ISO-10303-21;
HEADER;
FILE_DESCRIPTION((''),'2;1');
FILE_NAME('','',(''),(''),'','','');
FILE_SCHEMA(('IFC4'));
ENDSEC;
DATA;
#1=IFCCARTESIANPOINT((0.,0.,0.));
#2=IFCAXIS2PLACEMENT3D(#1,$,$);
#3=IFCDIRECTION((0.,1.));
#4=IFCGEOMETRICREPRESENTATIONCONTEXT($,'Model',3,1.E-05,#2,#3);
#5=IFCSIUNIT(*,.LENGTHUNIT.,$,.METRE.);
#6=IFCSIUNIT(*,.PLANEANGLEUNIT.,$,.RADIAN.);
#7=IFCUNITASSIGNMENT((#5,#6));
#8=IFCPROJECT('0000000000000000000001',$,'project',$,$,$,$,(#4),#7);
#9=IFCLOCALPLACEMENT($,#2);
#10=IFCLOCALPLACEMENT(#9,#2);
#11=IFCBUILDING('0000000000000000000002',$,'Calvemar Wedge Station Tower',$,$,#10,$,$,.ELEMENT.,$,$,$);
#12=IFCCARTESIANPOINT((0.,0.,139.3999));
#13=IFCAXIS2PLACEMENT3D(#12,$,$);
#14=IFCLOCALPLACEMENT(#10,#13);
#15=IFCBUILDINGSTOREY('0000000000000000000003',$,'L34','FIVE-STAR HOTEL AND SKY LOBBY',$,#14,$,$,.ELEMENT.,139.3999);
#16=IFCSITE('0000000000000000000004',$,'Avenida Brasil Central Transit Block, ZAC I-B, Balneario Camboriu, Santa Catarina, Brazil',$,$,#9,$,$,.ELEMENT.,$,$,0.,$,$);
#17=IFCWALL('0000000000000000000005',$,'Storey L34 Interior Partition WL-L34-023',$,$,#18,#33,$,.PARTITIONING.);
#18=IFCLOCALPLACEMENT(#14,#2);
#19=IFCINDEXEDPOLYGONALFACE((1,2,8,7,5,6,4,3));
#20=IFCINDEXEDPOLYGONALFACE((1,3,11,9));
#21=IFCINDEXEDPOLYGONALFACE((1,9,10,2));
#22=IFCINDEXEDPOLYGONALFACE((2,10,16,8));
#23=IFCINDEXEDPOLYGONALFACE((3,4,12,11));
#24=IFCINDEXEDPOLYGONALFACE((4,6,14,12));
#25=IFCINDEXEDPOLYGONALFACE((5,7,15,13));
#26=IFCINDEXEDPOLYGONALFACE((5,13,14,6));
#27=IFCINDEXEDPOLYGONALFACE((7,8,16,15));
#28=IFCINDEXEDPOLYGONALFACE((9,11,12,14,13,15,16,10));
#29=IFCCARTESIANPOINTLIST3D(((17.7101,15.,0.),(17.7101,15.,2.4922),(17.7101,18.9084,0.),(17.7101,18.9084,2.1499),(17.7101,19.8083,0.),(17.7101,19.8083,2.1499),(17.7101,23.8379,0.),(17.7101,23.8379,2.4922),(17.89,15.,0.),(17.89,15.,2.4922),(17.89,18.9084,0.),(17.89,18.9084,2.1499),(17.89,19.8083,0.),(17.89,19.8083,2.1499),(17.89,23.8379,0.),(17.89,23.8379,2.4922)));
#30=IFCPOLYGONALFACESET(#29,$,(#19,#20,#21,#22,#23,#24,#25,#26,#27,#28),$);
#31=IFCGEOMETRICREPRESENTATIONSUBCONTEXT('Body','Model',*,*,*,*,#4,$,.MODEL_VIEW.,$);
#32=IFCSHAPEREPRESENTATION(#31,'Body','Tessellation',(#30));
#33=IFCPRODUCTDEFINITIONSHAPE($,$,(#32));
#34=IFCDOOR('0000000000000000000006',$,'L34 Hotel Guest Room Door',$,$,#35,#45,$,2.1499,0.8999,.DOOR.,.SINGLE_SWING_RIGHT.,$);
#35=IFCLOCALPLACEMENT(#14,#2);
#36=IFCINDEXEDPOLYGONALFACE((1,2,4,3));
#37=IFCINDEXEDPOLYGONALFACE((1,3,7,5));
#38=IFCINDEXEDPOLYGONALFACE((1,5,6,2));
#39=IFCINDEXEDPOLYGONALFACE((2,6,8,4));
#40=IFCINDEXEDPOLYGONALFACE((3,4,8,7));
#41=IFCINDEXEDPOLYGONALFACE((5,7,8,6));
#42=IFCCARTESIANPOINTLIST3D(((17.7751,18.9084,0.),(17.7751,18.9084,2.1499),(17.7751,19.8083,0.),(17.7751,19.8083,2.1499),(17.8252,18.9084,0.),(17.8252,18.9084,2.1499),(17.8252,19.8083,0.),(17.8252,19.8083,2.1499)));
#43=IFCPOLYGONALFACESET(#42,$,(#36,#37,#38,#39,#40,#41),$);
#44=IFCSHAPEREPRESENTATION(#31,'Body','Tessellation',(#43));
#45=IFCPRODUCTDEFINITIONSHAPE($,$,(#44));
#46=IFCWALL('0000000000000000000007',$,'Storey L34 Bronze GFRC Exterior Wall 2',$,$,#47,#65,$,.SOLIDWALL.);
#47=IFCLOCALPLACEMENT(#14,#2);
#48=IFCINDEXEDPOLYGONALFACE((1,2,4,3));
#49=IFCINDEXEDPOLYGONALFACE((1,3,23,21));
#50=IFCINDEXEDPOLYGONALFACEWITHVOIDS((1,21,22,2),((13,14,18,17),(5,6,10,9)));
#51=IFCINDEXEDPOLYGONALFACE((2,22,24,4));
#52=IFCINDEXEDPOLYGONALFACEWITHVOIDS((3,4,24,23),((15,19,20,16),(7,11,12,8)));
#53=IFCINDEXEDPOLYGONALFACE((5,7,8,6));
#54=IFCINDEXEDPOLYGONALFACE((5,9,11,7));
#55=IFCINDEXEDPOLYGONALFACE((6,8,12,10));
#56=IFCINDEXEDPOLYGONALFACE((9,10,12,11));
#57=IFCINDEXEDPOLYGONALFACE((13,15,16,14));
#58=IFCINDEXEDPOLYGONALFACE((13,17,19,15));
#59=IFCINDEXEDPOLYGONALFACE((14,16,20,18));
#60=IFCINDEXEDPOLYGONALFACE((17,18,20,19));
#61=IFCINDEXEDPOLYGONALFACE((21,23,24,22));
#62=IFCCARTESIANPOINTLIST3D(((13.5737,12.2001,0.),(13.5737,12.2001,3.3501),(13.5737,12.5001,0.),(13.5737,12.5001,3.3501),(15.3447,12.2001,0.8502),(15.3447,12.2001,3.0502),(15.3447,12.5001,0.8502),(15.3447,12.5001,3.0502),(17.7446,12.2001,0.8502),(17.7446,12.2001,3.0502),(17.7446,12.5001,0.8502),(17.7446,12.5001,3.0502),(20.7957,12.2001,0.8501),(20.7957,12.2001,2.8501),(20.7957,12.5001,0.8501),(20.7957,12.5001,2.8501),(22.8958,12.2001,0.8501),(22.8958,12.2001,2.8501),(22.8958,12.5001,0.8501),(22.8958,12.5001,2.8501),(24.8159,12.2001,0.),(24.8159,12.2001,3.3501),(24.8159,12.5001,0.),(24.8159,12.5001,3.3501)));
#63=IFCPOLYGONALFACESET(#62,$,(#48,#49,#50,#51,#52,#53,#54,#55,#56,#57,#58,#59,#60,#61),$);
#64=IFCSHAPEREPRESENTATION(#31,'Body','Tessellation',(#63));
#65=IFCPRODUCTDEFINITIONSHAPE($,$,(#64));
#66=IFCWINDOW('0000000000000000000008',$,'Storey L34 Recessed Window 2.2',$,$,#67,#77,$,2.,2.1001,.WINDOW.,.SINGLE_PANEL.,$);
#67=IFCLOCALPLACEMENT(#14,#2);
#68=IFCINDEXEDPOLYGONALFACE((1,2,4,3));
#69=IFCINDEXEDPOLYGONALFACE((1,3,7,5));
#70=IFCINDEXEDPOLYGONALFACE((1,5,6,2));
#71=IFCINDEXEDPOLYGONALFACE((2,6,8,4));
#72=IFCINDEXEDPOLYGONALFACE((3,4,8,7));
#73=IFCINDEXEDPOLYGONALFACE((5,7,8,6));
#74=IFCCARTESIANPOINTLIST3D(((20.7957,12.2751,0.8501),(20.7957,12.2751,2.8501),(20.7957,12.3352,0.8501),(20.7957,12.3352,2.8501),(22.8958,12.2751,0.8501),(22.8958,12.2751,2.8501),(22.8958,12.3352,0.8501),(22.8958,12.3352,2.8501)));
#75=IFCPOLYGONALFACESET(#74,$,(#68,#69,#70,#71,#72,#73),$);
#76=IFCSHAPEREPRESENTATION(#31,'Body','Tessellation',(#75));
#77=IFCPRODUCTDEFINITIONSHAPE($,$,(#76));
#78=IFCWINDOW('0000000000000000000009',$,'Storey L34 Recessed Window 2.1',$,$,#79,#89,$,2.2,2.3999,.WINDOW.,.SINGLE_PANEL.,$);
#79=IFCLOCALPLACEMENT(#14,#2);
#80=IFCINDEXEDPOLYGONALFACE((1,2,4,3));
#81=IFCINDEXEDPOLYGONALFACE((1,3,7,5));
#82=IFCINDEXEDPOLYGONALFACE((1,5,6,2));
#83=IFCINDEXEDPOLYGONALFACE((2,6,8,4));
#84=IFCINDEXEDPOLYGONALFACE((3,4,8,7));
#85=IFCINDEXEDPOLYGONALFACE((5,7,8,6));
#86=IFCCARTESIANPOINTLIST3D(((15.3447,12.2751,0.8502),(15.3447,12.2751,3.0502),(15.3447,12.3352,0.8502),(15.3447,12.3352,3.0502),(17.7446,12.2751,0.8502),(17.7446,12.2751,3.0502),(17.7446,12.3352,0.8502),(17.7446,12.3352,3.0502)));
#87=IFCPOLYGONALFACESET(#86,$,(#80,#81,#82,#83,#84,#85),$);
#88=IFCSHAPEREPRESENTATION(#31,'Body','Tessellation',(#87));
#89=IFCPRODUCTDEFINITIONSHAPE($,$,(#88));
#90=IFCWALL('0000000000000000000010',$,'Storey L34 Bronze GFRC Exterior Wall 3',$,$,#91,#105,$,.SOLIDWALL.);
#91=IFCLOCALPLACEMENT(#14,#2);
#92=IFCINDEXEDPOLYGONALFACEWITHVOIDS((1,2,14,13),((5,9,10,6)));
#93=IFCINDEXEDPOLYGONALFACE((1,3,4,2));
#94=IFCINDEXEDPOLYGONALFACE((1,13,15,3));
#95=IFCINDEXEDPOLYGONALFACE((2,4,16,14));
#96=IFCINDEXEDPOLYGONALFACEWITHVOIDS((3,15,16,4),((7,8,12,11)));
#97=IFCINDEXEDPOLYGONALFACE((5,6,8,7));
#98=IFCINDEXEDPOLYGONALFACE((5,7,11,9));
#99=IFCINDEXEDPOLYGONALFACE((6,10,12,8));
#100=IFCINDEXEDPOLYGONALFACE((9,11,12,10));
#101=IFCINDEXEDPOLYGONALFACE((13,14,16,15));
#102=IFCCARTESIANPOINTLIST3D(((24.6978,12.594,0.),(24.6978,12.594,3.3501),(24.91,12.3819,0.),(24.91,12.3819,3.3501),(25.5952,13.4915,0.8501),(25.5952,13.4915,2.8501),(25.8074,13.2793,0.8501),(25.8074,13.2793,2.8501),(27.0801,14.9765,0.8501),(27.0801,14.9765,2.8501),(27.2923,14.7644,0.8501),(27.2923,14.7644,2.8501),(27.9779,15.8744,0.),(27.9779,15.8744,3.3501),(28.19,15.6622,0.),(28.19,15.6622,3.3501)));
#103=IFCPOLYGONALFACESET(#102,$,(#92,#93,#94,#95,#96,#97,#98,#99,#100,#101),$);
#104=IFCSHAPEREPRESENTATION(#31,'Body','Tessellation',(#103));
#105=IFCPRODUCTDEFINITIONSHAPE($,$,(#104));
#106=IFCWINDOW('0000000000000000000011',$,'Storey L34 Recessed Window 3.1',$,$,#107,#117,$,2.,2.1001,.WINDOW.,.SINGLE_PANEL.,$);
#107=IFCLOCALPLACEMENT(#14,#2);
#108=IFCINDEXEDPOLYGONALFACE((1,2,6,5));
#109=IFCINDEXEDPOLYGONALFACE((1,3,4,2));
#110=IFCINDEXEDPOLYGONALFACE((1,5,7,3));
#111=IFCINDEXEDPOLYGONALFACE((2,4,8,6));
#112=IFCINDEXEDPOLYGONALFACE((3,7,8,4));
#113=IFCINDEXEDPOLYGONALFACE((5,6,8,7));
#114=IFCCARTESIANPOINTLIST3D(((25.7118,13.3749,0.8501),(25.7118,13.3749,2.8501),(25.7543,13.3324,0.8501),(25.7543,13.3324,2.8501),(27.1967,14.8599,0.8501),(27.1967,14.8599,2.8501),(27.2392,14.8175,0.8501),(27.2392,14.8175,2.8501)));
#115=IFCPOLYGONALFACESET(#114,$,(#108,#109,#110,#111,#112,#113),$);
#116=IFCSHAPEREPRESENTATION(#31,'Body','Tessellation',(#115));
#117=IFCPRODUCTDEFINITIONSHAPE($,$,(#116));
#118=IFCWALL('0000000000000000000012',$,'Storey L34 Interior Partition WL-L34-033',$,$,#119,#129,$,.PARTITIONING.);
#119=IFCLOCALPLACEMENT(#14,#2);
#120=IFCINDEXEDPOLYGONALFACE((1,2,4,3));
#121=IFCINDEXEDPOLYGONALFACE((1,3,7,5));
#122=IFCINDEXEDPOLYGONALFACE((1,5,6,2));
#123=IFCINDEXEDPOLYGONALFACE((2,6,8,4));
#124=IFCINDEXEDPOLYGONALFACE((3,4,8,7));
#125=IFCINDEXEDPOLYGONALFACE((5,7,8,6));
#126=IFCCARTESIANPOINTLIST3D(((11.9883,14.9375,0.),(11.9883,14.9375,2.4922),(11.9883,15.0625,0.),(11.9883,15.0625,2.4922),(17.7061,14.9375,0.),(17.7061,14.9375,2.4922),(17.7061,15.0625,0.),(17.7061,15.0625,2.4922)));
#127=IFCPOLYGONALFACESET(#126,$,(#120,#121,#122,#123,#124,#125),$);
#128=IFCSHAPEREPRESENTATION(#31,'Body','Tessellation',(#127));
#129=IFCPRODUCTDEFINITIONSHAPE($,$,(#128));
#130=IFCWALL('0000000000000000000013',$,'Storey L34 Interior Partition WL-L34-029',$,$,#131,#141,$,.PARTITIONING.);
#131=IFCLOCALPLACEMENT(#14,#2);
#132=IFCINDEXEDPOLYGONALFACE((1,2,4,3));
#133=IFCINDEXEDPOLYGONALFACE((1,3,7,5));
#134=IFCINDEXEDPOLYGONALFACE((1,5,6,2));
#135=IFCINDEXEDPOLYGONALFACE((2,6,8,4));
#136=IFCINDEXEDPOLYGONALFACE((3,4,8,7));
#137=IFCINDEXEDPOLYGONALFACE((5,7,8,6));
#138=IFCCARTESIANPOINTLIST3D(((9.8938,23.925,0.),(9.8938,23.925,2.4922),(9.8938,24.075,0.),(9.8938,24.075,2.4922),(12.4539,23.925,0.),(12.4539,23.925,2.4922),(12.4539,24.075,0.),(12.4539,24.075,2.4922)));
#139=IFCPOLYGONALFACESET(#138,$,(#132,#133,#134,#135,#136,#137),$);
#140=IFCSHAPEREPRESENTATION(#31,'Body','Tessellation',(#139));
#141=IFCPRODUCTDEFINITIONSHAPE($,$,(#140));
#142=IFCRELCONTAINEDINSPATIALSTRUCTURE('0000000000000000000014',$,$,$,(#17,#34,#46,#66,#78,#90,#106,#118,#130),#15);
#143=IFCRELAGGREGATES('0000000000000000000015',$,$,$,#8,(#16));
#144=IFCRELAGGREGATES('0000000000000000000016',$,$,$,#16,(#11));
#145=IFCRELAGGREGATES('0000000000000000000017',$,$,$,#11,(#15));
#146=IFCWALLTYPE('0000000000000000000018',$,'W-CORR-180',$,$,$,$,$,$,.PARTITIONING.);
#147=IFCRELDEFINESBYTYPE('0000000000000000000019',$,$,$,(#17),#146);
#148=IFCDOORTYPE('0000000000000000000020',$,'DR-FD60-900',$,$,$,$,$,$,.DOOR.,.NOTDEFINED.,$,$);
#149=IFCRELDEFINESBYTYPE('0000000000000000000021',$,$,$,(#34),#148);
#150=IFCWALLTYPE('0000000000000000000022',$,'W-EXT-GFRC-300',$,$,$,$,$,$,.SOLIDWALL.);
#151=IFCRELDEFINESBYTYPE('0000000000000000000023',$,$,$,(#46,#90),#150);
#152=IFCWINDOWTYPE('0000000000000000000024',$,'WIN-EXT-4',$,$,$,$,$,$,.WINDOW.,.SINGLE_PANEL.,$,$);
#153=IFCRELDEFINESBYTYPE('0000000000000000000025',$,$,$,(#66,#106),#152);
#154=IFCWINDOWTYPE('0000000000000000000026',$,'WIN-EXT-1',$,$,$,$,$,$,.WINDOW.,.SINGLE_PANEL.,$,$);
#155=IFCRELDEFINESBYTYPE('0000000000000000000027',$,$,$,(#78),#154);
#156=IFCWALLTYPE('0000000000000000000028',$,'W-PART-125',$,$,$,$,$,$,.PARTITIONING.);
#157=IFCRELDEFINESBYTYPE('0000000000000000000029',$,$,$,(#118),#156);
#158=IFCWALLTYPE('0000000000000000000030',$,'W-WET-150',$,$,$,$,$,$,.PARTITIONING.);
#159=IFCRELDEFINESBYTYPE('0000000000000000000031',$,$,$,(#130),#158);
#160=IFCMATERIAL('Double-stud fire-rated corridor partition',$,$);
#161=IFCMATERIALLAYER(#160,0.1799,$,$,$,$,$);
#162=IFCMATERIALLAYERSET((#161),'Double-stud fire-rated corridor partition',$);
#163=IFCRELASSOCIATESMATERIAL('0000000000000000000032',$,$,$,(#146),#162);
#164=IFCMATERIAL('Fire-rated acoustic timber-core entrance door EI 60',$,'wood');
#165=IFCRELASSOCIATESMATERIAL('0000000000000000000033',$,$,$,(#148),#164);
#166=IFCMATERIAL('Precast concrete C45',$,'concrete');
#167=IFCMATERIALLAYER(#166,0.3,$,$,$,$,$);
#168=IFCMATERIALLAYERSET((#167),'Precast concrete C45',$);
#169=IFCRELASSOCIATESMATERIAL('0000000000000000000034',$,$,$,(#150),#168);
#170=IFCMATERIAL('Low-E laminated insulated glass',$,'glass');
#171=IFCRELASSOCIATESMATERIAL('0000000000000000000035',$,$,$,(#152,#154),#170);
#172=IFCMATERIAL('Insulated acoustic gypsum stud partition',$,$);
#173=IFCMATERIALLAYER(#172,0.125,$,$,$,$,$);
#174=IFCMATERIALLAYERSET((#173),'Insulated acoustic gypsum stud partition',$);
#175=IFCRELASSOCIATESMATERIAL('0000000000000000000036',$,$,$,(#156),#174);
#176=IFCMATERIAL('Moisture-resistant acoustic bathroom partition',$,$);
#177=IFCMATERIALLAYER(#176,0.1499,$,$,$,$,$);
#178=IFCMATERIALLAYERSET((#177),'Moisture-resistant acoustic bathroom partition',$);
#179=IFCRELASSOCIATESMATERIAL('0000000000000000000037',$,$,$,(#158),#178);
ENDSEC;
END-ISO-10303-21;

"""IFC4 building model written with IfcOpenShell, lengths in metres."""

from ifc_helpers import new_model, si_unit, direction, frame, frame_2d, origin, place, context, subcontext, project, spatial, rectangle, extrude, source, transform, mapped, material, layer, layer_set, type_object, element, fill, save


model = new_model("IFC4")

# Units and contexts
model_context = context("Model", 3, precision=1e-05, world=origin(), true_north=direction((0.0, 1.0)))
body_context = subcontext(model_context, "Body", "Model", "MODEL_VIEW")
ifc_project = project(units=[si_unit("LENGTHUNIT", "METRE"), si_unit("PLANEANGLEUNIT", "RADIAN")], contexts=[model_context])

# Site, building, storey
site_placement = place(None, origin())
site = spatial("IfcSite", under=ifc_project, at=site_placement, Name="Avenida Brasil Central Transit Block, ZAC I-B, Balneario Camboriu, Santa Catarina, Brazil", CompositionType="ELEMENT", RefElevation=0.0)
building_placement = place(site_placement, origin())
building = spatial("IfcBuilding", under=site, at=building_placement, Name="Calvemar Wedge Station Tower", CompositionType="ELEMENT")
storey_placement = place(building_placement, frame((0.0, 0.0, 139.3999)))
storey = spatial("IfcBuildingStorey", under=building, at=storey_placement, Name="L34", Description="FIVE-STAR HOTEL AND SKY LOBBY", CompositionType="ELEMENT", Elevation=139.3999)

# Wall, opening, door
ifc_material_1 = material(Name="Double-stud fire-rated corridor partition")
ifc_layer_1 = layer(ifc_material_1, 0.1799)
ifc_layer_set_1 = layer_set([ifc_layer_1], Name="Double-stud fire-rated corridor partition")
wall_type_1 = type_object("IfcWallType", Name="W-CORR-180", PredefinedType="PARTITIONING", material=ifc_layer_set_1)
shared_shape_1 = source(origin(), body_context, "Body", "SweptSolid", [
    extrude(rectangle(XDim=0.8999, YDim=2.1499, at=frame_2d((0.45, 1.075))), frame((0.0, 0.1001, 0.0), z_axis=(0.0, -1.0, 0.0), x_axis=(1.0, 0.0, 0.0)), (0.0, 0.0, 1.0), 0.2),
])
ifc_material_2 = material(Name="Fire-rated acoustic timber-core entrance door EI 60", Category="wood")
door_type_1 = type_object("IfcDoorType", Name="DR-FD60-900", OperationType="NOTDEFINED", PredefinedType="DOOR", material=ifc_material_2)
shared_shape_2 = source(origin(), body_context, "Body", "SweptSolid", [
    extrude(rectangle(XDim=0.8999, YDim=2.1499, at=frame_2d((0.45, 1.075))), frame((0.0, 0.0249, 0.0), z_axis=(0.0, -1.0, 0.0), x_axis=(1.0, 0.0, 0.0)), (0.0, 0.0, 1.0), 0.05),
])
wall_1_placement = place(storey_placement, frame((17.8, 15.0, 0.0), z_axis=(0.0, 0.0, 1.0), x_axis=(0.0, 1.0, 0.0)))
wall_1 = element("IfcWall", 1, at=wall_1_placement, inside=storey, type_object=wall_type_1, Name="Storey L34 Interior Partition WL-L34-023", PredefinedType="PARTITIONING", context=body_context, shape_type="SweptSolid", body=[
    extrude(rectangle(XDim=8.8379, YDim=0.1799, at=frame_2d((4.4189, 0.0))), origin(), (0.0, 0.0, 1.0), 2.4922),
])
opening_1_placement = place(wall_1_placement, frame((3.9084, 0.0, 0.0)))
opening_1 = element("IfcOpeningElement", 2, at=opening_1_placement, cuts=wall_1, PredefinedType="OPENING", context=body_context, shape_type="MappedRepresentation", body=[
    mapped(shared_shape_1, transform((0.0, 0.0, 0.0), scale=1.0)),
])
door_1_placement = place(opening_1_placement, origin())
door_1 = element("IfcDoor", 3, at=door_1_placement, inside=storey, type_object=door_type_1, Name="L34 Hotel Guest Room Door", OperationType="SINGLE_SWING_RIGHT", OverallHeight=2.1499, OverallWidth=0.8999, PredefinedType="DOOR", context=body_context, shape_type="MappedRepresentation", body=[
    mapped(shared_shape_2, transform((0.0, 0.0, 0.0), scale=1.0)),
])
fill(opening_1, door_1)

# Wall, openings, windows
ifc_material_3 = material(Name="Precast concrete C45", Category="concrete")
ifc_layer_2 = layer(ifc_material_3, 0.3)
ifc_layer_set_2 = layer_set([ifc_layer_2], Name="Precast concrete C45")
wall_type_2 = type_object("IfcWallType", Name="W-EXT-GFRC-300", PredefinedType="SOLIDWALL", material=ifc_layer_set_2)
wall_2_placement = place(storey_placement, frame((13.5737, 12.3501, 0.0), z_axis=(0.0, 0.0, 1.0), x_axis=(1.0, 0.0, 0.0)))
wall_2 = element("IfcWall", 4, at=wall_2_placement, inside=storey, type_object=wall_type_2, Name="Storey L34 Bronze GFRC Exterior Wall 2", PredefinedType="SOLIDWALL", context=body_context, shape_type="SweptSolid", body=[
    extrude(rectangle(XDim=11.2422, YDim=0.3, at=frame_2d((5.6211, 0.0))), origin(), (0.0, 0.0, 1.0), 3.3501),
])
shared_shape_3 = source(origin(), body_context, "Body", "SweptSolid", [
    extrude(rectangle(XDim=2.3999, YDim=2.2, at=frame_2d((1.2, 1.1001))), frame((0.0, 0.1602, 0.0), z_axis=(0.0, -1.0, 0.0), x_axis=(1.0, 0.0, 0.0)), (0.0, 0.0, 1.0), 0.3201),
])
opening_2_placement = place(wall_2_placement, frame((1.771, 0.0, 0.8501)))
opening_2 = element("IfcOpeningElement", 5, at=opening_2_placement, cuts=wall_2, PredefinedType="OPENING", context=body_context, shape_type="MappedRepresentation", body=[
    mapped(shared_shape_3, transform((0.0, 0.0, 0.0), scale=1.0)),
])
shared_shape_4 = source(origin(), body_context, "Body", "SweptSolid", [
    extrude(rectangle(XDim=2.1001, YDim=2.0, at=frame_2d((1.05, 1.0))), frame((0.0, 0.1602, 0.0), z_axis=(0.0, -1.0, 0.0), x_axis=(1.0, 0.0, 0.0)), (0.0, 0.0, 1.0), 0.3201),
])
opening_3_placement = place(wall_2_placement, frame((7.2219, 0.0, 0.8501)))
opening_3 = element("IfcOpeningElement", 6, at=opening_3_placement, cuts=wall_2, PredefinedType="OPENING", context=body_context, shape_type="MappedRepresentation", body=[
    mapped(shared_shape_4, transform((0.0, 0.0, 0.0), scale=1.0)),
])
ifc_material_4 = material(Name="Low-E laminated insulated glass", Category="glass")
window_type_1 = type_object("IfcWindowType", Name="WIN-EXT-4", PartitioningType="SINGLE_PANEL", PredefinedType="WINDOW", material=ifc_material_4)
shared_shape_5 = source(origin(), body_context, "Body", "SweptSolid", [
    extrude(rectangle(XDim=2.1001, YDim=2.0, at=frame_2d((1.05, 1.0))), frame((0.0, -0.0149, 0.0), z_axis=(0.0, -1.0, 0.0), x_axis=(1.0, 0.0, 0.0)), (0.0, 0.0, 1.0), 0.0601),
])
window_1_placement = place(opening_3_placement, origin())
window_1 = element("IfcWindow", 7, at=window_1_placement, inside=storey, type_object=window_type_1, Name="Storey L34 Recessed Window 2.2", OverallHeight=2.0, OverallWidth=2.1001, PartitioningType="SINGLE_PANEL", PredefinedType="WINDOW", context=body_context, shape_type="MappedRepresentation", body=[
    mapped(shared_shape_5, transform((0.0, 0.0, 0.0), scale=1.0)),
])
fill(opening_3, window_1)
window_type_2 = type_object("IfcWindowType", Name="WIN-EXT-1", PartitioningType="SINGLE_PANEL", PredefinedType="WINDOW", material=ifc_material_4)
shared_shape_6 = source(origin(), body_context, "Body", "SweptSolid", [
    extrude(rectangle(XDim=2.3999, YDim=2.2, at=frame_2d((1.2, 1.1001))), frame((0.0, -0.0149, 0.0), z_axis=(0.0, -1.0, 0.0), x_axis=(1.0, 0.0, 0.0)), (0.0, 0.0, 1.0), 0.0601),
])
window_2_placement = place(opening_2_placement, origin())
window_2 = element("IfcWindow", 8, at=window_2_placement, inside=storey, type_object=window_type_2, Name="Storey L34 Recessed Window 2.1", OverallHeight=2.2, OverallWidth=2.3999, PartitioningType="SINGLE_PANEL", PredefinedType="WINDOW", context=body_context, shape_type="MappedRepresentation", body=[
    mapped(shared_shape_6, transform((0.0, 0.0, 0.0), scale=1.0)),
])
fill(opening_2, window_2)

# Wall, opening, window
wall_3_placement = place(storey_placement, frame((24.804, 12.488, 0.0), z_axis=(0.0, 0.0, 1.0), x_axis=(0.70708, 0.707133, 0.0)))
wall_3 = element("IfcWall", 9, at=wall_3_placement, inside=storey, type_object=wall_type_2, Name="Storey L34 Bronze GFRC Exterior Wall 3", PredefinedType="SOLIDWALL", context=body_context, shape_type="SweptSolid", body=[
    extrude(rectangle(XDim=4.6389, YDim=0.3, at=frame_2d((2.3193, 0.0))), origin(), (0.0, 0.0, 1.0), 3.3501),
])
opening_4_placement = place(wall_3_placement, frame((1.269, 0.0, 0.8501)))
opening_4 = element("IfcOpeningElement", 10, at=opening_4_placement, cuts=wall_3, PredefinedType="OPENING", context=body_context, shape_type="MappedRepresentation", body=[
    mapped(shared_shape_4, transform((0.0, 0.0, 0.0), scale=1.0)),
])
window_3_placement = place(opening_4_placement, origin())
window_3 = element("IfcWindow", 11, at=window_3_placement, inside=storey, type_object=window_type_1, Name="Storey L34 Recessed Window 3.1", OverallHeight=2.0, OverallWidth=2.1001, PartitioningType="SINGLE_PANEL", PredefinedType="WINDOW", context=body_context, shape_type="MappedRepresentation", body=[
    mapped(shared_shape_5, transform((0.0, 0.0, 0.0), scale=1.0)),
])
fill(opening_4, window_3)

# Walls
ifc_material_5 = material(Name="Insulated acoustic gypsum stud partition")
ifc_layer_3 = layer(ifc_material_5, 0.125)
ifc_layer_set_3 = layer_set([ifc_layer_3], Name="Insulated acoustic gypsum stud partition")
wall_type_3 = type_object("IfcWallType", Name="W-PART-125", PredefinedType="PARTITIONING", material=ifc_layer_set_3)
wall_4_placement = place(storey_placement, frame((17.7061, 15.0, 0.0), z_axis=(0.0, 0.0, 1.0), x_axis=(-1.0, 0.0, 0.0)))
element("IfcWall", 12, at=wall_4_placement, inside=storey, type_object=wall_type_3, Name="Storey L34 Interior Partition WL-L34-033", PredefinedType="PARTITIONING", context=body_context, shape_type="SweptSolid", body=[
    extrude(rectangle(XDim=5.7178, YDim=0.125, at=frame_2d((2.8589, 0.0))), origin(), (0.0, 0.0, 1.0), 2.4922),
])
ifc_material_6 = material(Name="Moisture-resistant acoustic bathroom partition")
ifc_layer_4 = layer(ifc_material_6, 0.1499)
ifc_layer_set_4 = layer_set([ifc_layer_4], Name="Moisture-resistant acoustic bathroom partition")
wall_type_4 = type_object("IfcWallType", Name="W-WET-150", PredefinedType="PARTITIONING", material=ifc_layer_set_4)
wall_5_placement = place(storey_placement, frame((12.4539, 24.0, 0.0), z_axis=(0.0, 0.0, 1.0), x_axis=(-1.0, 0.0, 0.0)))
element("IfcWall", 13, at=wall_5_placement, inside=storey, type_object=wall_type_4, Name="Storey L34 Interior Partition WL-L34-029", PredefinedType="PARTITIONING", context=body_context, shape_type="SweptSolid", body=[
    extrude(rectangle(XDim=2.5601, YDim=0.1499, at=frame_2d((1.28, 0.0))), origin(), (0.0, 0.0, 1.0), 2.4922),
])

save(model, "model.ifc")
